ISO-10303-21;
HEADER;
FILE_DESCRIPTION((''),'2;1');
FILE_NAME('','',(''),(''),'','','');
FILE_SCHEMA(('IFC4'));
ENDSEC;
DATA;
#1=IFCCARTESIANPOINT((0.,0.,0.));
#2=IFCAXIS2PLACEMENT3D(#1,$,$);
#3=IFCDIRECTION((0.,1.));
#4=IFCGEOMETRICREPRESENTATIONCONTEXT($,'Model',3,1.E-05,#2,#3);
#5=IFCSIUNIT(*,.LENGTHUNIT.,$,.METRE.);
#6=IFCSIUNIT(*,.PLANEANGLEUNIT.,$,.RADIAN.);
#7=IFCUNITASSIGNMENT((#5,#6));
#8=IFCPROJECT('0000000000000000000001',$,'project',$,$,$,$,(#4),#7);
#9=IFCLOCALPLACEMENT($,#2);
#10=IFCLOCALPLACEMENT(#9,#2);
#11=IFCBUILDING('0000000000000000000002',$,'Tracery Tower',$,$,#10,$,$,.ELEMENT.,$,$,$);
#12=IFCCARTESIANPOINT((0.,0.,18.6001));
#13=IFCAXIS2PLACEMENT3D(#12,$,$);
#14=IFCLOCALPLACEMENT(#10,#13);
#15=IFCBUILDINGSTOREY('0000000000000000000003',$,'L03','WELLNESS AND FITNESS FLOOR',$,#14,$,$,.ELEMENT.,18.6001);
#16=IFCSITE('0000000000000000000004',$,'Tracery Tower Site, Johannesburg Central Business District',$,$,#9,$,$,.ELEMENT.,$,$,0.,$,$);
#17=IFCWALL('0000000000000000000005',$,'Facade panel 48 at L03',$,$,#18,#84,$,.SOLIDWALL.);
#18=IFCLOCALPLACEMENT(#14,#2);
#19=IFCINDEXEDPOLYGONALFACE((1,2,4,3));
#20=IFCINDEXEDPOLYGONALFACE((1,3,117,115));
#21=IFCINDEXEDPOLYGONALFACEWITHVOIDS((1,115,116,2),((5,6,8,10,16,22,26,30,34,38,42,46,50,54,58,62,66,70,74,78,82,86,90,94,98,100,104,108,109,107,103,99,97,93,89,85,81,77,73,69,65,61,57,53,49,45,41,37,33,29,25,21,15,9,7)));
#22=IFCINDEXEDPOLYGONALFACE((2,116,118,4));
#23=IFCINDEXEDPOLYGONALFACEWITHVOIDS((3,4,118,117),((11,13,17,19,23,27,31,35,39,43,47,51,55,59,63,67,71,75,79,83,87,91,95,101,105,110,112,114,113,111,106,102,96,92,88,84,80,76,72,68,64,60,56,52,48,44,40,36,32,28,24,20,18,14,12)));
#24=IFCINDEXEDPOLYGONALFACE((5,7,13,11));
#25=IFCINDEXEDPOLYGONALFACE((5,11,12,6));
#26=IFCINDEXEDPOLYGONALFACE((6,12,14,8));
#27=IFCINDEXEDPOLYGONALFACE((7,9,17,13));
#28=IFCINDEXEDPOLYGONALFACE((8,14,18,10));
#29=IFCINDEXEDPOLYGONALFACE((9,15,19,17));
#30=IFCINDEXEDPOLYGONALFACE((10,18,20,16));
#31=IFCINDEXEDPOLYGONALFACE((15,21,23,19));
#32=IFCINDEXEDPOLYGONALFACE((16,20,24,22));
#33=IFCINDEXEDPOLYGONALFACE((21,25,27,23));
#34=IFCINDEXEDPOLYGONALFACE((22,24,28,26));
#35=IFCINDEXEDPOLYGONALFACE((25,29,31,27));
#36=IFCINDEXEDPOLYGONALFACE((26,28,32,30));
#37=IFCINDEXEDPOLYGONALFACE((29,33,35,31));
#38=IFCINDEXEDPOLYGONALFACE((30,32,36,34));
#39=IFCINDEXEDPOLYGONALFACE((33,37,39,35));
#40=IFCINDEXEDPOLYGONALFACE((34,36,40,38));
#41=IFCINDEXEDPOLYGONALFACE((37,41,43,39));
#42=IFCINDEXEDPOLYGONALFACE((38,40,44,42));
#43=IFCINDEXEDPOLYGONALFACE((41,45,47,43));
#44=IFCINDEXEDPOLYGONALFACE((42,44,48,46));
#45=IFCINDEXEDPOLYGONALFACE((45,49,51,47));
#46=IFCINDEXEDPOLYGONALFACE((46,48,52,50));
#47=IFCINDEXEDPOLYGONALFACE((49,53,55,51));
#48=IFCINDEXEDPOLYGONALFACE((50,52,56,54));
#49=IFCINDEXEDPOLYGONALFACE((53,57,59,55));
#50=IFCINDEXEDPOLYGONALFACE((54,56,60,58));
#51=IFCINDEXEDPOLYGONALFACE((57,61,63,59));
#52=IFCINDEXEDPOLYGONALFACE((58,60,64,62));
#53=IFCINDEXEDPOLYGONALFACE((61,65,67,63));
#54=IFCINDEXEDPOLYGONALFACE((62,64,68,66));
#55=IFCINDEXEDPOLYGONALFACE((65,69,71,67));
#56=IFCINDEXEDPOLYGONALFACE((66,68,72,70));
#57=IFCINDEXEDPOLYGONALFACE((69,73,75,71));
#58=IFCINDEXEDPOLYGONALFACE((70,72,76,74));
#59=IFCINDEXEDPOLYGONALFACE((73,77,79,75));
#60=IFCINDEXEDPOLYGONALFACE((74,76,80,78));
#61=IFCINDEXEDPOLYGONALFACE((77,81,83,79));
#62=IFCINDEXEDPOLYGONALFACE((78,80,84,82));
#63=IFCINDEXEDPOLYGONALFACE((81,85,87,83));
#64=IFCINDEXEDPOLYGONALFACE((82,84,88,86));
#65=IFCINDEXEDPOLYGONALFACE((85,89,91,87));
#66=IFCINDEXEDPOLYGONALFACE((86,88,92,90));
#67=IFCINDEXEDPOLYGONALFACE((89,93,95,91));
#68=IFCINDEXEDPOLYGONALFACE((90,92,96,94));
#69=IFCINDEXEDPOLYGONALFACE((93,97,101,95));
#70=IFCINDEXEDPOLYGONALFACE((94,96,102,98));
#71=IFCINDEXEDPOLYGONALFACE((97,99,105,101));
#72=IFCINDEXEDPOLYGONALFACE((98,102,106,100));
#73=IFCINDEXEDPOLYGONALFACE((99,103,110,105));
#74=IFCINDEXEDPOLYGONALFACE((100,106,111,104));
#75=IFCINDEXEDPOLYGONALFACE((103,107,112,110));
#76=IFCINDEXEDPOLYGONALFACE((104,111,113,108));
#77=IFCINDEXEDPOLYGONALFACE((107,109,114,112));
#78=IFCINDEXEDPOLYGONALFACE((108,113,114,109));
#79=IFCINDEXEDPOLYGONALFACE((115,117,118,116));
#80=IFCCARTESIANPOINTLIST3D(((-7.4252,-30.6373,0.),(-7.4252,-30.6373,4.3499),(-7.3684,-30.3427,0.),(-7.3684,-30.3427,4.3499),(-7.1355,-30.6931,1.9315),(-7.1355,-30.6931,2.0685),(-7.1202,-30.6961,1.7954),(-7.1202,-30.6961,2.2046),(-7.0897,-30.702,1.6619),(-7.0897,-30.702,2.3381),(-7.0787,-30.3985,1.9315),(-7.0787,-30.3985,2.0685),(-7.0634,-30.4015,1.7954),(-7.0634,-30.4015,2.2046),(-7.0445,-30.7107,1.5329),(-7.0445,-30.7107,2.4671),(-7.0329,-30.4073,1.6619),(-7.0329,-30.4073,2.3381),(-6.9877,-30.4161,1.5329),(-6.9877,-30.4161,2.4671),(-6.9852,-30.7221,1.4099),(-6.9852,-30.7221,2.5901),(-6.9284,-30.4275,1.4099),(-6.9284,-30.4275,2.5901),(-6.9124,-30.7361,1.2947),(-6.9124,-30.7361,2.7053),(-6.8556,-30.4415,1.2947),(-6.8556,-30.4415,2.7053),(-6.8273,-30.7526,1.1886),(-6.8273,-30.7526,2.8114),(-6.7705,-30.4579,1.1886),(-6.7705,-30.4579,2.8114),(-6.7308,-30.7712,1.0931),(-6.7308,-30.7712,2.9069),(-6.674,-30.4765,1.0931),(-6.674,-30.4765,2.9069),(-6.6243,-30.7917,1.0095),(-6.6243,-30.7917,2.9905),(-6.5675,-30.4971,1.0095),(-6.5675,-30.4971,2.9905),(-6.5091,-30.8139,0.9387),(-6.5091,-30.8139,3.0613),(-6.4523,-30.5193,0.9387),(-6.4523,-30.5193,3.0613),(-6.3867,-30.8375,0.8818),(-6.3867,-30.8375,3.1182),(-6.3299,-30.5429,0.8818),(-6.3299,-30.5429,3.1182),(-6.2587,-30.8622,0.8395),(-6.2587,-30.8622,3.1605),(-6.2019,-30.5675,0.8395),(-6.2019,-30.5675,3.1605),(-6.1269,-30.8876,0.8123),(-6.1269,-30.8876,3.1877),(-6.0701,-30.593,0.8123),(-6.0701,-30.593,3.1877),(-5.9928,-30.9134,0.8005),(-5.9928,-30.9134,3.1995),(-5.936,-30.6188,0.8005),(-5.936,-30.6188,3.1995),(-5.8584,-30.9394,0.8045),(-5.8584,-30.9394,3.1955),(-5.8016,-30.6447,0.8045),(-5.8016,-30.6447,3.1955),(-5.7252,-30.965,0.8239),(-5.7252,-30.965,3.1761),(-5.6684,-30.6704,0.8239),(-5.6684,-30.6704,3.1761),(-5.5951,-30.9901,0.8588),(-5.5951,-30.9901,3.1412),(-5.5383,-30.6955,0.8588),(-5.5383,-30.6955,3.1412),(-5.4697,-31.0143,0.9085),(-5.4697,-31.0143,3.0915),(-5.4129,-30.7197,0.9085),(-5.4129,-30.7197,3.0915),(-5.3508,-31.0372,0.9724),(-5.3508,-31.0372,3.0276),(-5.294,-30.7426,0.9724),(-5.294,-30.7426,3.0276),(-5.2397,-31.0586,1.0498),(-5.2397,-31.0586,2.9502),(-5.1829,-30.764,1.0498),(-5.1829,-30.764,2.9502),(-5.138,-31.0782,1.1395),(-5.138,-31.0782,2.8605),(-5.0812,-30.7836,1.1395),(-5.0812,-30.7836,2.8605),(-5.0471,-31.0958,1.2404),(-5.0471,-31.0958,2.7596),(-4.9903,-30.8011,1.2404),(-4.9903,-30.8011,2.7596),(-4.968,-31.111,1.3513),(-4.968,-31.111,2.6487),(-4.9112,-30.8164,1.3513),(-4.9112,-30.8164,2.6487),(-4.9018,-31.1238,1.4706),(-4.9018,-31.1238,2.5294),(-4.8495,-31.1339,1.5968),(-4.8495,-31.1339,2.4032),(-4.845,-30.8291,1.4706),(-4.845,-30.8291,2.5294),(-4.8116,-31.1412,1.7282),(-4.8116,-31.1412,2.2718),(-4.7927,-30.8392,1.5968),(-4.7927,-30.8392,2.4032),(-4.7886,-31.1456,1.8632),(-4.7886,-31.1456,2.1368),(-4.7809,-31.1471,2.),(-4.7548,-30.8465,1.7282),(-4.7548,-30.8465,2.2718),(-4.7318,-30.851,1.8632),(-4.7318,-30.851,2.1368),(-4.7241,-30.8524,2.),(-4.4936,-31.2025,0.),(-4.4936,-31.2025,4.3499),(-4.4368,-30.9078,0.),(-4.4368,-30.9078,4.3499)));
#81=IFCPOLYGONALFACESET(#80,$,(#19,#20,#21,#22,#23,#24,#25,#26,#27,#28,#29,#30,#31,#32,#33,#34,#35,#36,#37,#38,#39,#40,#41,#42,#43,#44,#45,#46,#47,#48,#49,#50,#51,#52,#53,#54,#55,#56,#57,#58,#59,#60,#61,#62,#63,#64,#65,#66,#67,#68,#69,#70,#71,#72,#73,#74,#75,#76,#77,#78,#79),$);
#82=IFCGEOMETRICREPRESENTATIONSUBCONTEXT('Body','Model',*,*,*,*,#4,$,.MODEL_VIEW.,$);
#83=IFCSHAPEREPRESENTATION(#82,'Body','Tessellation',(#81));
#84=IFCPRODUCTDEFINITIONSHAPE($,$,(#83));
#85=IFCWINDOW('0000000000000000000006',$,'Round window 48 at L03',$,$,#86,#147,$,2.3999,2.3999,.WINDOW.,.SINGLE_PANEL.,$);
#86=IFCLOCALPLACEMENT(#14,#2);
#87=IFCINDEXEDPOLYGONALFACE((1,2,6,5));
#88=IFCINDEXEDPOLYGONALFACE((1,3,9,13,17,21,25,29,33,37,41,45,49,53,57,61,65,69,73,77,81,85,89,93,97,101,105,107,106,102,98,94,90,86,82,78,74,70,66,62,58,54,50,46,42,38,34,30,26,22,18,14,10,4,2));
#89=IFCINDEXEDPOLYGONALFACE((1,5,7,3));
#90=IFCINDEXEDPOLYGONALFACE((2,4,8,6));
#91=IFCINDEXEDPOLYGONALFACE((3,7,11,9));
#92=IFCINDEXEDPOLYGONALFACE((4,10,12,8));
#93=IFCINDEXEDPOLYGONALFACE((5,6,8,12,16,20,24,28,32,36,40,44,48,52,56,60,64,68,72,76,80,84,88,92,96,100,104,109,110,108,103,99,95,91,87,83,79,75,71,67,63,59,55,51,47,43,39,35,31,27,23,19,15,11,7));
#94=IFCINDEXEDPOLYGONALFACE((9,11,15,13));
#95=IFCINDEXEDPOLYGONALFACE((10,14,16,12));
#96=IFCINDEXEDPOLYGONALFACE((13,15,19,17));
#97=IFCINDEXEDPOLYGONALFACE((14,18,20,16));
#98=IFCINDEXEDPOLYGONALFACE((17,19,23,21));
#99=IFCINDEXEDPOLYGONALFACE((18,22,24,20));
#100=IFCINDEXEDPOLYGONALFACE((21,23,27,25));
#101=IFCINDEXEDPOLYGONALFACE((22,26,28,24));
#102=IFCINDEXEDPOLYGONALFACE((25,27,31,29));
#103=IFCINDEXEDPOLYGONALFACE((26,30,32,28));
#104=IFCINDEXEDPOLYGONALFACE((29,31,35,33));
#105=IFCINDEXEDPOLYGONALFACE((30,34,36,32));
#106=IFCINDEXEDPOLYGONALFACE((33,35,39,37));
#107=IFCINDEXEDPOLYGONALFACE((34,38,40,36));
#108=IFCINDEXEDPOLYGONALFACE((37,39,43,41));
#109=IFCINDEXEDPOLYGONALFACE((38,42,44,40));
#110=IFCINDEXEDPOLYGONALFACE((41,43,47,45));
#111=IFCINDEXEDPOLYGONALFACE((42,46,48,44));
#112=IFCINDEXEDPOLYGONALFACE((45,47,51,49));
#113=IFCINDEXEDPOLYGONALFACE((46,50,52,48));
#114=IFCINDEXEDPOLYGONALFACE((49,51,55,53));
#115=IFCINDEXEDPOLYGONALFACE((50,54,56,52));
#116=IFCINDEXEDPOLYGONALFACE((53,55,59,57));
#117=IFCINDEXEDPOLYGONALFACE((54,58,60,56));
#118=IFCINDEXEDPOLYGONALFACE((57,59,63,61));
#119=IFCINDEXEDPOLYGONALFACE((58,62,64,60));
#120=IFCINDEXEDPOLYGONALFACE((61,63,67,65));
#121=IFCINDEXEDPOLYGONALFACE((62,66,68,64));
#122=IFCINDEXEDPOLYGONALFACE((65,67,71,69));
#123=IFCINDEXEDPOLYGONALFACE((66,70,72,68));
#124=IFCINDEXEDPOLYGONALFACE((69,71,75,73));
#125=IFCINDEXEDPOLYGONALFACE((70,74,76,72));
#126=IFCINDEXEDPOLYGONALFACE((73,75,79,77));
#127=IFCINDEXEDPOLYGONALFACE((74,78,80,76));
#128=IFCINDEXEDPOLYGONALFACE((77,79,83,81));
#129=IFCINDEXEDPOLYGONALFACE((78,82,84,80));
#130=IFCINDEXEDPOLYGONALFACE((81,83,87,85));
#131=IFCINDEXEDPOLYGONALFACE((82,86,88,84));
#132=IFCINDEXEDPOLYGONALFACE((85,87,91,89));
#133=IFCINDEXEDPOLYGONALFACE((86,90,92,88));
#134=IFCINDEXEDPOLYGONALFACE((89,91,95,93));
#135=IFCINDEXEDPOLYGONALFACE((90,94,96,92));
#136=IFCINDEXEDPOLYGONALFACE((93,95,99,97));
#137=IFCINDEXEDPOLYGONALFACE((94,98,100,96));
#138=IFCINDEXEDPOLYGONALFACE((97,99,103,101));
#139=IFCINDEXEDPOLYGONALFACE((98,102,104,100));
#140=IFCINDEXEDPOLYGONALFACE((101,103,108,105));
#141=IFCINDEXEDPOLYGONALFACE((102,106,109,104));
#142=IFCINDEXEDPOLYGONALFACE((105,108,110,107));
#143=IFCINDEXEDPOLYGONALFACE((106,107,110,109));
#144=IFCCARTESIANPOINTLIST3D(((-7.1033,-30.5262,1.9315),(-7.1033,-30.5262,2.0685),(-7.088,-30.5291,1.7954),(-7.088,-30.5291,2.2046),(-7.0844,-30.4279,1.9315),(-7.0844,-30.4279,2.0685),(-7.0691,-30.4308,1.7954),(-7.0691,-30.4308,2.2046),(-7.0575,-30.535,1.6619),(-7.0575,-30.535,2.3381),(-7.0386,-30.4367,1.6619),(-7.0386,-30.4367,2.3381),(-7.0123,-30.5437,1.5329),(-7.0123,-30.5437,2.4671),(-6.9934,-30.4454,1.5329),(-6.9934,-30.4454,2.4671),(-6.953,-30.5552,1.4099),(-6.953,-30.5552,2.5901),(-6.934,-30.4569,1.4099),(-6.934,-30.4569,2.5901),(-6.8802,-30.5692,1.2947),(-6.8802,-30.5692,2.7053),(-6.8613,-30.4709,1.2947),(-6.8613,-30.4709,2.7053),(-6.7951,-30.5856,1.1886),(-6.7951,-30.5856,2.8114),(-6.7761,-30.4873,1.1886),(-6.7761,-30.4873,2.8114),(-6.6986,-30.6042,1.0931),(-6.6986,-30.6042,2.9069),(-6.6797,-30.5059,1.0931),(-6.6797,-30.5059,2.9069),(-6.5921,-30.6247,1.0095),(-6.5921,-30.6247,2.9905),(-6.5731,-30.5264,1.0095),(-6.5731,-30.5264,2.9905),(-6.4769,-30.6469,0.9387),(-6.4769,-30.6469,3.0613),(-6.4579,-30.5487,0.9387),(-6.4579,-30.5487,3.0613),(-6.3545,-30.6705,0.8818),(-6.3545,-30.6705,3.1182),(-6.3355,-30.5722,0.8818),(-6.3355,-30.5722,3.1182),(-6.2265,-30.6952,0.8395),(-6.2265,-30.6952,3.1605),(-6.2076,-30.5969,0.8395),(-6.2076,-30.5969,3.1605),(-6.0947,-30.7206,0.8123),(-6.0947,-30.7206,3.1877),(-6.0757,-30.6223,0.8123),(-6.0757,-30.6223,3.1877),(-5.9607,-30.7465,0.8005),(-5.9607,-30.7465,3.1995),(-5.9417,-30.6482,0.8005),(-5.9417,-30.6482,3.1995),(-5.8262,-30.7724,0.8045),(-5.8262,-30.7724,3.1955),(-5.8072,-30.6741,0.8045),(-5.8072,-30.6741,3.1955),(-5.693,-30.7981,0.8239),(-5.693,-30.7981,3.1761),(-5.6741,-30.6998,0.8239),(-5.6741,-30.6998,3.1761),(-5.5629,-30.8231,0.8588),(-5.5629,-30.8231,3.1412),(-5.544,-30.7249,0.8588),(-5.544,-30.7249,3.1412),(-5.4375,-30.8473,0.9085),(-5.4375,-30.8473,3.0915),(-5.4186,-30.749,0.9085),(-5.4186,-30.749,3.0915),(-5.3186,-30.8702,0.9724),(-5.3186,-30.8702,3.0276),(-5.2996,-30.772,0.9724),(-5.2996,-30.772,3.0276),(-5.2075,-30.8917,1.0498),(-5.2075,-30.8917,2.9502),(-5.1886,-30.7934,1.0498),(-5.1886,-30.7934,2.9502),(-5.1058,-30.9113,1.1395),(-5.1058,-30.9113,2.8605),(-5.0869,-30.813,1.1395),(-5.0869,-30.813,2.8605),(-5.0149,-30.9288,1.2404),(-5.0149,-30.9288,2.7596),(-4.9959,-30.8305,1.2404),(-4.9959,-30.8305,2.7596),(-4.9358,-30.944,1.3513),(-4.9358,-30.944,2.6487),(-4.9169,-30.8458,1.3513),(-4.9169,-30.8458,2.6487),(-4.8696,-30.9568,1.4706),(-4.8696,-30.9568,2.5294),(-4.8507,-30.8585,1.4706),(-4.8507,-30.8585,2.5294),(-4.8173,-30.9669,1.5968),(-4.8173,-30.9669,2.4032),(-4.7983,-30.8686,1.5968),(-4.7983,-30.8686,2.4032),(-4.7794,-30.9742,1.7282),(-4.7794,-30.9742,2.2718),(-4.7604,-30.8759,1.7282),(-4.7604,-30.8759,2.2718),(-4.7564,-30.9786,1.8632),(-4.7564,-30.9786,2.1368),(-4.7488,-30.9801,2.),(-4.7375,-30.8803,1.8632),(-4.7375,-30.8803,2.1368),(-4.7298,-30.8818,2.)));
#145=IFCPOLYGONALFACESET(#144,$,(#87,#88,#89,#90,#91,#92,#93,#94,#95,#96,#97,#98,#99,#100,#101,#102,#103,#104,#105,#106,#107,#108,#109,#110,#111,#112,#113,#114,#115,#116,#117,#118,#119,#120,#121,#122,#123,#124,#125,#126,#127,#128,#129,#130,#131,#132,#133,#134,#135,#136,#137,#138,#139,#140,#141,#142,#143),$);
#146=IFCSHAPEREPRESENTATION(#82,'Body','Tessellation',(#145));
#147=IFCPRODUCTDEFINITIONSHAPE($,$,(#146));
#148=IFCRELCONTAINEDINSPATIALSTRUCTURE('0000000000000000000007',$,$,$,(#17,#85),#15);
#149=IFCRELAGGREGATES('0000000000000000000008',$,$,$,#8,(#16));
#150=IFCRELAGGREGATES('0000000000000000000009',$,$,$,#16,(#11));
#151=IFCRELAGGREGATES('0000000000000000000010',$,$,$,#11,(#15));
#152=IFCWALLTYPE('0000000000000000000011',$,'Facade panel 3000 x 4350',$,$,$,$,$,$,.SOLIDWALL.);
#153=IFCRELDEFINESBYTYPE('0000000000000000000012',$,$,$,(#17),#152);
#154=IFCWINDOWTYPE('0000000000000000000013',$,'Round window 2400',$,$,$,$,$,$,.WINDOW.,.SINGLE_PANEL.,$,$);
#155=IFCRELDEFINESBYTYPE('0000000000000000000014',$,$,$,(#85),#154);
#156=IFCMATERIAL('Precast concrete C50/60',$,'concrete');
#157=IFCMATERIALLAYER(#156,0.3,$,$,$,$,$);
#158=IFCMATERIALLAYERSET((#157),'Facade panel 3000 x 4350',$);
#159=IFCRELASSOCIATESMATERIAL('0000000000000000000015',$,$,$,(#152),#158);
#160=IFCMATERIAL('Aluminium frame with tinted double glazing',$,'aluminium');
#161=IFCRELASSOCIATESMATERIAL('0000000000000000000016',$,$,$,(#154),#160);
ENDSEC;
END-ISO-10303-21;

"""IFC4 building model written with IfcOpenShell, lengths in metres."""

from ifc_helpers import new_model, si_unit, direction, frame, frame_2d, origin, origin_2d, place, context, subcontext, project, spatial, rectangle, circle, extrude, material, layer, layer_set, type_object, element, fill, save


model = new_model("IFC4")

# Units and contexts
model_context = context("Model", 3, precision=1e-05, world=origin(), true_north=direction((0.0, 1.0)))
body_context = subcontext(model_context, "Body", "Model", "MODEL_VIEW")
ifc_project = project(units=[si_unit("LENGTHUNIT", "METRE"), si_unit("PLANEANGLEUNIT", "RADIAN")], contexts=[model_context])

# Site, building, storey
site_placement = place(None, origin())
site = spatial("IfcSite", under=ifc_project, at=site_placement, Name="Tracery Tower Site, Johannesburg Central Business District", CompositionType="ELEMENT", RefElevation=0.0)
building_placement = place(site_placement, origin())
building = spatial("IfcBuilding", under=site, at=building_placement, Name="Tracery Tower", CompositionType="ELEMENT")
storey_placement = place(building_placement, frame((0.0, 0.0, 18.6001)))
storey = spatial("IfcBuildingStorey", under=building, at=storey_placement, Name="L03", Description="WELLNESS AND FITNESS FLOOR", CompositionType="ELEMENT", Elevation=18.6001)

# Wall, opening, window
ifc_material_1 = material(Name="Precast concrete C50/60", Category="concrete")
ifc_layer_1 = layer(ifc_material_1, 0.3)
ifc_layer_set_1 = layer_set([ifc_layer_1], Name="Facade panel 3000 x 4350")
wall_type_1 = type_object("IfcWallType", Name="Facade panel 3000 x 4350", PredefinedType="SOLIDWALL", material=ifc_layer_set_1)
ifc_material_2 = material(Name="Aluminium frame with tinted double glazing", Category="aluminium")
window_type = type_object("IfcWindowType", Name="Round window 2400", PartitioningType="SINGLE_PANEL", PredefinedType="WINDOW", material=ifc_material_2)
wall_1_placement = place(storey_placement, frame((-7.3967, -30.49, 0.0), z_axis=(0.0, 0.0, 1.0), x_axis=(0.981919, -0.189302, 0.0)))
wall_1 = element("IfcWall", 1, at=wall_1_placement, inside=storey, type_object=wall_type_1, Name="Facade panel 48 at L03", PredefinedType="SOLIDWALL", context=body_context, shape_type="SweptSolid", body=[
    extrude(rectangle(XDim=2.9856, YDim=0.3, at=frame_2d((1.4927, 0.0))), origin(), (0.0, 0.0, 1.0), 4.3499),
])
opening_1_placement = place(wall_1_placement, frame((1.4929, 0.0, 2.0)))
opening_1 = element("IfcOpeningElement", 2, at=opening_1_placement, cuts=wall_1, PredefinedType="OPENING", context=body_context, shape_type="SweptSolid", body=[
    extrude(circle(Radius=1.2, at=origin_2d()), frame((0.0, 0.1599, 0.0), z_axis=(0.0, -1.0, 0.0), x_axis=(1.0, 0.0, 0.0)), (0.0, 0.0, 1.0), 0.3201),
])
window_1_placement = place(opening_1_placement, origin())
window_1 = element("IfcWindow", 3, at=window_1_placement, inside=storey, type_object=window_type, Name="Round window 48 at L03", OverallHeight=2.3999, OverallWidth=2.3999, PartitioningType="SINGLE_PANEL", PredefinedType="WINDOW", context=body_context, shape_type="SweptSolid", body=[
    extrude(circle(Radius=1.2, at=origin_2d()), frame((0.0, 0.1201, 0.0), z_axis=(0.0, -1.0, 0.0), x_axis=(1.0, 0.0, 0.0)), (0.0, 0.0, 1.0), 0.1001),
])
fill(opening_1, window_1)

save(model, "model.ifc")
